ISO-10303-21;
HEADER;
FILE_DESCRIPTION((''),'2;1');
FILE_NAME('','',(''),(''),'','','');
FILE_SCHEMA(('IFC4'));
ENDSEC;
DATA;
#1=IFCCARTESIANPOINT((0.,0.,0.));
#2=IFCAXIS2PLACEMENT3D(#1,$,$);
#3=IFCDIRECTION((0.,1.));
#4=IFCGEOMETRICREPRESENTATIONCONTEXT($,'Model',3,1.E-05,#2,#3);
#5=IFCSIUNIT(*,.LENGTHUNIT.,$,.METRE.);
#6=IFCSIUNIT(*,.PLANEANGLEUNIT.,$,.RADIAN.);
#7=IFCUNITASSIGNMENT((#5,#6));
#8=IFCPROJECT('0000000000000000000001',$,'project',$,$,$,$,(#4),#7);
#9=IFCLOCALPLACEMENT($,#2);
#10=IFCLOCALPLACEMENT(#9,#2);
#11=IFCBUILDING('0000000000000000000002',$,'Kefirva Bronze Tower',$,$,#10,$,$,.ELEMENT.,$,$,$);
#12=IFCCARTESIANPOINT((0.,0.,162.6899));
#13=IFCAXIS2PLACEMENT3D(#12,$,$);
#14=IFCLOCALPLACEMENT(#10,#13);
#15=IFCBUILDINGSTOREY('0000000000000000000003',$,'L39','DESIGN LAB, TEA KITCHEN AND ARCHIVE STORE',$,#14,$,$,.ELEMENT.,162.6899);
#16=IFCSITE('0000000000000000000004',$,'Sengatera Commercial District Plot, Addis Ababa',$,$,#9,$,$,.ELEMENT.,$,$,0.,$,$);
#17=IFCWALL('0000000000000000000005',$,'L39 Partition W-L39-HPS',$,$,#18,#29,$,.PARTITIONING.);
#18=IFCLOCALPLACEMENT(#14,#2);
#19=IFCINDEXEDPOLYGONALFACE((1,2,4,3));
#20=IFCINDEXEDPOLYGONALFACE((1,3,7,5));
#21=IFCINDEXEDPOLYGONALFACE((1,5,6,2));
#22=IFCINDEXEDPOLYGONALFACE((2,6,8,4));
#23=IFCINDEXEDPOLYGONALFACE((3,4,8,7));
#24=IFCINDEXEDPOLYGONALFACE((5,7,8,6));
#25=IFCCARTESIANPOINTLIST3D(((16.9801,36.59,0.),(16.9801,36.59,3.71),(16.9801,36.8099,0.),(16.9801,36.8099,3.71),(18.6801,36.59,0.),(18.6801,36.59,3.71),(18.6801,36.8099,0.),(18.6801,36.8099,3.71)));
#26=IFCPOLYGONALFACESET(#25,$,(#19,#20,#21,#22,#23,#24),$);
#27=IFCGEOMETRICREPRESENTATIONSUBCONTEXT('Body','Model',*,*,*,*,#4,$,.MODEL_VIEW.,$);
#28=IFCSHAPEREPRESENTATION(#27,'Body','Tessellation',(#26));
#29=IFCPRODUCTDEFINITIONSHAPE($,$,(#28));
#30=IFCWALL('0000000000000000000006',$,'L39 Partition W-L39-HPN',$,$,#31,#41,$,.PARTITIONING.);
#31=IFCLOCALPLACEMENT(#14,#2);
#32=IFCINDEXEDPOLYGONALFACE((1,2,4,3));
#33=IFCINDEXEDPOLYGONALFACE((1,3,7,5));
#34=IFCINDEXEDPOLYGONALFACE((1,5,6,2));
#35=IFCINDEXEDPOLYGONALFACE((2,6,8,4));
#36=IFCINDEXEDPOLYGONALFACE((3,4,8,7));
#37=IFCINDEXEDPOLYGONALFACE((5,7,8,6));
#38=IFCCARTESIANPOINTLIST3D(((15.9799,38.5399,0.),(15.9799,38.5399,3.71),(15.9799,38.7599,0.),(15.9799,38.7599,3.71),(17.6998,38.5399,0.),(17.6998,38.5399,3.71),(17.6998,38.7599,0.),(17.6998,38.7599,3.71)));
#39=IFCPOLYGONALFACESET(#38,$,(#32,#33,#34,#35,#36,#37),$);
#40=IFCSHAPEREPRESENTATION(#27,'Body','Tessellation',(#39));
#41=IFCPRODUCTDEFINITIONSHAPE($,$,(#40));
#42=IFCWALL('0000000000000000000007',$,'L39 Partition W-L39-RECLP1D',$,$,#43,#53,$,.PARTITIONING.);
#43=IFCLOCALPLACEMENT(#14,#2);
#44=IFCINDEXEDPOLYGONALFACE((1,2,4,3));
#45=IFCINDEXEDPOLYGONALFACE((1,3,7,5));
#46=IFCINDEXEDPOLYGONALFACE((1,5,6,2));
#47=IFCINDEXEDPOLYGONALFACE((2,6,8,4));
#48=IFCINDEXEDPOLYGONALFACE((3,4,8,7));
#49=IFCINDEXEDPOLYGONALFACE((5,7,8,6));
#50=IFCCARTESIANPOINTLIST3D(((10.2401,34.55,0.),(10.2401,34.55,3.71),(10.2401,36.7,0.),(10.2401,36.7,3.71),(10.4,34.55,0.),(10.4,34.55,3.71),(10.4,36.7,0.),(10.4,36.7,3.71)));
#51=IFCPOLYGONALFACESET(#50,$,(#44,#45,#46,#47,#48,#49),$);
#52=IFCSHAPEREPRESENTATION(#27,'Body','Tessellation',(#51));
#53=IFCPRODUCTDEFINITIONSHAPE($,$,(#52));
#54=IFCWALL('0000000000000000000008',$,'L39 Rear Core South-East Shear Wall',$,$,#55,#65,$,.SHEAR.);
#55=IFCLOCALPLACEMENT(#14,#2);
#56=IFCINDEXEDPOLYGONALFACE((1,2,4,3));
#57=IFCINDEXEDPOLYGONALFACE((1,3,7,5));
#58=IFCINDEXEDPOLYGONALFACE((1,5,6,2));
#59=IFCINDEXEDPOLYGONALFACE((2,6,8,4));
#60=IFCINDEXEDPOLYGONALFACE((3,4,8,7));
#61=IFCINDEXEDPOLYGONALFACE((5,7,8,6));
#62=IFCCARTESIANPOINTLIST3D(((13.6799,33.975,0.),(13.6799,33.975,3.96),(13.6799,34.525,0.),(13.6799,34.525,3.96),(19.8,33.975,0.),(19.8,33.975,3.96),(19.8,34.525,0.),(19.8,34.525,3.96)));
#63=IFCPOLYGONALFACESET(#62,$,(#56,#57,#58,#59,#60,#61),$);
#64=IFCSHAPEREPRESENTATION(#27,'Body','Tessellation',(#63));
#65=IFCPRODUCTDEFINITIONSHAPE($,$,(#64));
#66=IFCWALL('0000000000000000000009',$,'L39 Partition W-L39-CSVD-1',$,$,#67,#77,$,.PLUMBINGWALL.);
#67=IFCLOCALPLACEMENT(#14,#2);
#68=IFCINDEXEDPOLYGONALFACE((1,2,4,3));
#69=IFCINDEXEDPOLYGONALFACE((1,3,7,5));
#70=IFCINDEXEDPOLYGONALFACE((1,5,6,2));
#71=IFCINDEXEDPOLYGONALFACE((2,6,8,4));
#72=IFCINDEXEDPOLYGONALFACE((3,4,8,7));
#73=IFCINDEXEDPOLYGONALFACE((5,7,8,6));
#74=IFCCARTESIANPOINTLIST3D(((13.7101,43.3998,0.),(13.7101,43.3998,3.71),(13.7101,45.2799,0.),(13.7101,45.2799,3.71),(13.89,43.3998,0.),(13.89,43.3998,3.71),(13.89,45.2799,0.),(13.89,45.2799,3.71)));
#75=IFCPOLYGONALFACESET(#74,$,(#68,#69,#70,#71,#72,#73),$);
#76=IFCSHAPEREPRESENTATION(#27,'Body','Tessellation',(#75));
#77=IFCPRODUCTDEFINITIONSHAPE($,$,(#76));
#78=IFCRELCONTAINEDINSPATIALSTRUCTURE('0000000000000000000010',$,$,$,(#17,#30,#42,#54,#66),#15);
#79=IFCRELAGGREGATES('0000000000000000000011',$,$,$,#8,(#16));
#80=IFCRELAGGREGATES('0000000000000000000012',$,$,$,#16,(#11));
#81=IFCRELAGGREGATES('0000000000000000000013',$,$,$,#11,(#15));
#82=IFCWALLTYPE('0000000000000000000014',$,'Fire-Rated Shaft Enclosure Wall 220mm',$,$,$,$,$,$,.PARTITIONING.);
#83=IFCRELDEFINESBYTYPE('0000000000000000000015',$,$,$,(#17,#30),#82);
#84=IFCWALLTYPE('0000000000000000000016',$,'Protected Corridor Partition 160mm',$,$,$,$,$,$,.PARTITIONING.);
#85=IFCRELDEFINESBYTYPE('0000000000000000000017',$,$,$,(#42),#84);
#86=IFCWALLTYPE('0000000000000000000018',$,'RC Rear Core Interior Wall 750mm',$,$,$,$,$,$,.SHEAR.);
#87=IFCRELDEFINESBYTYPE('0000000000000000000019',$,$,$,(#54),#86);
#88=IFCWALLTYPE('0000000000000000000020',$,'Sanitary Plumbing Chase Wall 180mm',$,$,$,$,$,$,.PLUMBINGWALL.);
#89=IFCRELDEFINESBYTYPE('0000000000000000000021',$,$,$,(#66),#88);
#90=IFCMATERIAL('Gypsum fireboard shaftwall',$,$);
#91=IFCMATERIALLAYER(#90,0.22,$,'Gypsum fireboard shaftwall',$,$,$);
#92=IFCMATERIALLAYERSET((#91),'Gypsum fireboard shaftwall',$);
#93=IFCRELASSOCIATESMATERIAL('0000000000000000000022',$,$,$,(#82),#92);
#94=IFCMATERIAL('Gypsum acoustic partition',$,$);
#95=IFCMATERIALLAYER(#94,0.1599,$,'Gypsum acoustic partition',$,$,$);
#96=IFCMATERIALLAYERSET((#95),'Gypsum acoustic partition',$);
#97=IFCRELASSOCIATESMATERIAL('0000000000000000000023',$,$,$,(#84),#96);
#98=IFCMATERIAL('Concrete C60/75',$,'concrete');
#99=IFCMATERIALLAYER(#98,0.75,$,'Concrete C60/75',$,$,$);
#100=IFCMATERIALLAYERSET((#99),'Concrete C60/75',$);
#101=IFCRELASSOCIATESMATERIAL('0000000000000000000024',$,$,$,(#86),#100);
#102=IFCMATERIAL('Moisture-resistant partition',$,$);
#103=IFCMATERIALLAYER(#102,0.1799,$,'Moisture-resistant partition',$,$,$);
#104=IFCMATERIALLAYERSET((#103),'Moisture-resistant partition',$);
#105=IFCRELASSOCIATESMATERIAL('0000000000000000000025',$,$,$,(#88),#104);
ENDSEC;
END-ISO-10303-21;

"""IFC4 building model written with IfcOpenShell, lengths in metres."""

from ifc_helpers import new_model, si_unit, direction, frame, frame_2d, origin, place, context, subcontext, project, spatial, rectangle, extrude, material, layer, layer_set, type_object, element, save


model = new_model("IFC4")

# Units and contexts
model_context = context("Model", 3, precision=1e-05, world=origin(), true_north=direction((0.0, 1.0)))
body_context = subcontext(model_context, "Body", "Model", "MODEL_VIEW")
ifc_project = project(units=[si_unit("LENGTHUNIT", "METRE"), si_unit("PLANEANGLEUNIT", "RADIAN")], contexts=[model_context])

# Site, building, storey
site_placement = place(None, origin())
site = spatial("IfcSite", under=ifc_project, at=site_placement, Name="Sengatera Commercial District Plot, Addis Ababa", CompositionType="ELEMENT", RefElevation=0.0)
building_placement = place(site_placement, origin())
building = spatial("IfcBuilding", under=site, at=building_placement, Name="Kefirva Bronze Tower", CompositionType="ELEMENT")
storey_placement = place(building_placement, frame((0.0, 0.0, 162.6899)))
storey = spatial("IfcBuildingStorey", under=building, at=storey_placement, Name="L39", Description="DESIGN LAB, TEA KITCHEN AND ARCHIVE STORE", CompositionType="ELEMENT", Elevation=162.6899)

# Shared definitions
ifc_material_1 = material(Name="Concrete C60/75", Category="concrete")

# Shared definitions
ifc_material_2 = material(Name="Gypsum fireboard shaftwall")
ifc_layer_1 = layer(ifc_material_2, 0.22, Name="Gypsum fireboard shaftwall")
ifc_layer_set_1 = layer_set([ifc_layer_1], Name="Gypsum fireboard shaftwall")
wall_type_1 = type_object("IfcWallType", Name="Fire-Rated Shaft Enclosure Wall 220mm", PredefinedType="PARTITIONING", material=ifc_layer_set_1)

# Walls
wall_1_placement = place(storey_placement, frame((16.98, 36.7, 0.0), z_axis=(0.0, 0.0, 1.0), x_axis=(1.0, 0.0, 0.0)))
element("IfcWall", 1, at=wall_1_placement, inside=storey, type_object=wall_type_1, Name="L39 Partition W-L39-HPS", PredefinedType="PARTITIONING", context=body_context, shape_type="SweptSolid", body=[
    extrude(rectangle(XDim=1.7, YDim=0.22, at=frame_2d((0.8501, 0.0))), origin(), (0.0, 0.0, 1.0), 3.71),
])
wall_2_placement = place(storey_placement, frame((15.98, 38.6499, 0.0), z_axis=(0.0, 0.0, 1.0), x_axis=(1.0, 0.0, 0.0)))
element("IfcWall", 2, at=wall_2_placement, inside=storey, type_object=wall_type_1, Name="L39 Partition W-L39-HPN", PredefinedType="PARTITIONING", context=body_context, shape_type="SweptSolid", body=[
    extrude(rectangle(XDim=1.72, YDim=0.22, at=frame_2d((0.8599, 0.0))), origin(), (0.0, 0.0, 1.0), 3.71),
])
ifc_material_3 = material(Name="Gypsum acoustic partition")
ifc_layer_2 = layer(ifc_material_3, 0.1599, Name="Gypsum acoustic partition")
ifc_layer_set_2 = layer_set([ifc_layer_2], Name="Gypsum acoustic partition")
wall_type_2 = type_object("IfcWallType", Name="Protected Corridor Partition 160mm", PredefinedType="PARTITIONING", material=ifc_layer_set_2)
wall_3_placement = place(storey_placement, frame((10.3201, 34.55, 0.0), z_axis=(0.0, 0.0, 1.0), x_axis=(0.0, 1.0, 0.0)))
element("IfcWall", 3, at=wall_3_placement, inside=storey, type_object=wall_type_2, Name="L39 Partition W-L39-RECLP1D", PredefinedType="PARTITIONING", context=body_context, shape_type="SweptSolid", body=[
    extrude(rectangle(XDim=2.1499, YDim=0.1599, at=frame_2d((1.075, 0.0))), origin(), (0.0, 0.0, 1.0), 3.71),
])

# Walls
ifc_layer_3 = layer(ifc_material_1, 0.75, Name="Concrete C60/75")
ifc_layer_set_3 = layer_set([ifc_layer_3], Name="Concrete C60/75")
wall_type_3 = type_object("IfcWallType", Name="RC Rear Core Interior Wall 750mm", PredefinedType="SHEAR", material=ifc_layer_set_3)
wall_4_placement = place(storey_placement, frame((13.6799, 34.25, 0.0), z_axis=(0.0, 0.0, 1.0), x_axis=(1.0, 0.0, 0.0)))
element("IfcWall", 4, at=wall_4_placement, inside=storey, type_object=wall_type_3, Name="L39 Rear Core South-East Shear Wall", PredefinedType="SHEAR", context=body_context, shape_type="SweptSolid", body=[
    extrude(rectangle(XDim=6.1201, YDim=0.55, at=frame_2d((3.0601, 0.0))), origin(), (0.0, 0.0, 1.0), 3.96),
])
ifc_material_4 = material(Name="Moisture-resistant partition")
ifc_layer_4 = layer(ifc_material_4, 0.1799, Name="Moisture-resistant partition")
ifc_layer_set_4 = layer_set([ifc_layer_4], Name="Moisture-resistant partition")
wall_type_4 = type_object("IfcWallType", Name="Sanitary Plumbing Chase Wall 180mm", PredefinedType="PLUMBINGWALL", material=ifc_layer_set_4)
wall_5_placement = place(storey_placement, frame((13.8, 43.3999, 0.0), z_axis=(0.0, 0.0, 1.0), x_axis=(0.0, 1.0, 0.0)))
element("IfcWall", 5, at=wall_5_placement, inside=storey, type_object=wall_type_4, Name="L39 Partition W-L39-CSVD-1", PredefinedType="PLUMBINGWALL", context=body_context, shape_type="SweptSolid", body=[
    extrude(rectangle(XDim=1.8801, YDim=0.1799, at=frame_2d((0.9399, 0.0))), origin(), (0.0, 0.0, 1.0), 3.71),
])

save(model, "model.ifc")
